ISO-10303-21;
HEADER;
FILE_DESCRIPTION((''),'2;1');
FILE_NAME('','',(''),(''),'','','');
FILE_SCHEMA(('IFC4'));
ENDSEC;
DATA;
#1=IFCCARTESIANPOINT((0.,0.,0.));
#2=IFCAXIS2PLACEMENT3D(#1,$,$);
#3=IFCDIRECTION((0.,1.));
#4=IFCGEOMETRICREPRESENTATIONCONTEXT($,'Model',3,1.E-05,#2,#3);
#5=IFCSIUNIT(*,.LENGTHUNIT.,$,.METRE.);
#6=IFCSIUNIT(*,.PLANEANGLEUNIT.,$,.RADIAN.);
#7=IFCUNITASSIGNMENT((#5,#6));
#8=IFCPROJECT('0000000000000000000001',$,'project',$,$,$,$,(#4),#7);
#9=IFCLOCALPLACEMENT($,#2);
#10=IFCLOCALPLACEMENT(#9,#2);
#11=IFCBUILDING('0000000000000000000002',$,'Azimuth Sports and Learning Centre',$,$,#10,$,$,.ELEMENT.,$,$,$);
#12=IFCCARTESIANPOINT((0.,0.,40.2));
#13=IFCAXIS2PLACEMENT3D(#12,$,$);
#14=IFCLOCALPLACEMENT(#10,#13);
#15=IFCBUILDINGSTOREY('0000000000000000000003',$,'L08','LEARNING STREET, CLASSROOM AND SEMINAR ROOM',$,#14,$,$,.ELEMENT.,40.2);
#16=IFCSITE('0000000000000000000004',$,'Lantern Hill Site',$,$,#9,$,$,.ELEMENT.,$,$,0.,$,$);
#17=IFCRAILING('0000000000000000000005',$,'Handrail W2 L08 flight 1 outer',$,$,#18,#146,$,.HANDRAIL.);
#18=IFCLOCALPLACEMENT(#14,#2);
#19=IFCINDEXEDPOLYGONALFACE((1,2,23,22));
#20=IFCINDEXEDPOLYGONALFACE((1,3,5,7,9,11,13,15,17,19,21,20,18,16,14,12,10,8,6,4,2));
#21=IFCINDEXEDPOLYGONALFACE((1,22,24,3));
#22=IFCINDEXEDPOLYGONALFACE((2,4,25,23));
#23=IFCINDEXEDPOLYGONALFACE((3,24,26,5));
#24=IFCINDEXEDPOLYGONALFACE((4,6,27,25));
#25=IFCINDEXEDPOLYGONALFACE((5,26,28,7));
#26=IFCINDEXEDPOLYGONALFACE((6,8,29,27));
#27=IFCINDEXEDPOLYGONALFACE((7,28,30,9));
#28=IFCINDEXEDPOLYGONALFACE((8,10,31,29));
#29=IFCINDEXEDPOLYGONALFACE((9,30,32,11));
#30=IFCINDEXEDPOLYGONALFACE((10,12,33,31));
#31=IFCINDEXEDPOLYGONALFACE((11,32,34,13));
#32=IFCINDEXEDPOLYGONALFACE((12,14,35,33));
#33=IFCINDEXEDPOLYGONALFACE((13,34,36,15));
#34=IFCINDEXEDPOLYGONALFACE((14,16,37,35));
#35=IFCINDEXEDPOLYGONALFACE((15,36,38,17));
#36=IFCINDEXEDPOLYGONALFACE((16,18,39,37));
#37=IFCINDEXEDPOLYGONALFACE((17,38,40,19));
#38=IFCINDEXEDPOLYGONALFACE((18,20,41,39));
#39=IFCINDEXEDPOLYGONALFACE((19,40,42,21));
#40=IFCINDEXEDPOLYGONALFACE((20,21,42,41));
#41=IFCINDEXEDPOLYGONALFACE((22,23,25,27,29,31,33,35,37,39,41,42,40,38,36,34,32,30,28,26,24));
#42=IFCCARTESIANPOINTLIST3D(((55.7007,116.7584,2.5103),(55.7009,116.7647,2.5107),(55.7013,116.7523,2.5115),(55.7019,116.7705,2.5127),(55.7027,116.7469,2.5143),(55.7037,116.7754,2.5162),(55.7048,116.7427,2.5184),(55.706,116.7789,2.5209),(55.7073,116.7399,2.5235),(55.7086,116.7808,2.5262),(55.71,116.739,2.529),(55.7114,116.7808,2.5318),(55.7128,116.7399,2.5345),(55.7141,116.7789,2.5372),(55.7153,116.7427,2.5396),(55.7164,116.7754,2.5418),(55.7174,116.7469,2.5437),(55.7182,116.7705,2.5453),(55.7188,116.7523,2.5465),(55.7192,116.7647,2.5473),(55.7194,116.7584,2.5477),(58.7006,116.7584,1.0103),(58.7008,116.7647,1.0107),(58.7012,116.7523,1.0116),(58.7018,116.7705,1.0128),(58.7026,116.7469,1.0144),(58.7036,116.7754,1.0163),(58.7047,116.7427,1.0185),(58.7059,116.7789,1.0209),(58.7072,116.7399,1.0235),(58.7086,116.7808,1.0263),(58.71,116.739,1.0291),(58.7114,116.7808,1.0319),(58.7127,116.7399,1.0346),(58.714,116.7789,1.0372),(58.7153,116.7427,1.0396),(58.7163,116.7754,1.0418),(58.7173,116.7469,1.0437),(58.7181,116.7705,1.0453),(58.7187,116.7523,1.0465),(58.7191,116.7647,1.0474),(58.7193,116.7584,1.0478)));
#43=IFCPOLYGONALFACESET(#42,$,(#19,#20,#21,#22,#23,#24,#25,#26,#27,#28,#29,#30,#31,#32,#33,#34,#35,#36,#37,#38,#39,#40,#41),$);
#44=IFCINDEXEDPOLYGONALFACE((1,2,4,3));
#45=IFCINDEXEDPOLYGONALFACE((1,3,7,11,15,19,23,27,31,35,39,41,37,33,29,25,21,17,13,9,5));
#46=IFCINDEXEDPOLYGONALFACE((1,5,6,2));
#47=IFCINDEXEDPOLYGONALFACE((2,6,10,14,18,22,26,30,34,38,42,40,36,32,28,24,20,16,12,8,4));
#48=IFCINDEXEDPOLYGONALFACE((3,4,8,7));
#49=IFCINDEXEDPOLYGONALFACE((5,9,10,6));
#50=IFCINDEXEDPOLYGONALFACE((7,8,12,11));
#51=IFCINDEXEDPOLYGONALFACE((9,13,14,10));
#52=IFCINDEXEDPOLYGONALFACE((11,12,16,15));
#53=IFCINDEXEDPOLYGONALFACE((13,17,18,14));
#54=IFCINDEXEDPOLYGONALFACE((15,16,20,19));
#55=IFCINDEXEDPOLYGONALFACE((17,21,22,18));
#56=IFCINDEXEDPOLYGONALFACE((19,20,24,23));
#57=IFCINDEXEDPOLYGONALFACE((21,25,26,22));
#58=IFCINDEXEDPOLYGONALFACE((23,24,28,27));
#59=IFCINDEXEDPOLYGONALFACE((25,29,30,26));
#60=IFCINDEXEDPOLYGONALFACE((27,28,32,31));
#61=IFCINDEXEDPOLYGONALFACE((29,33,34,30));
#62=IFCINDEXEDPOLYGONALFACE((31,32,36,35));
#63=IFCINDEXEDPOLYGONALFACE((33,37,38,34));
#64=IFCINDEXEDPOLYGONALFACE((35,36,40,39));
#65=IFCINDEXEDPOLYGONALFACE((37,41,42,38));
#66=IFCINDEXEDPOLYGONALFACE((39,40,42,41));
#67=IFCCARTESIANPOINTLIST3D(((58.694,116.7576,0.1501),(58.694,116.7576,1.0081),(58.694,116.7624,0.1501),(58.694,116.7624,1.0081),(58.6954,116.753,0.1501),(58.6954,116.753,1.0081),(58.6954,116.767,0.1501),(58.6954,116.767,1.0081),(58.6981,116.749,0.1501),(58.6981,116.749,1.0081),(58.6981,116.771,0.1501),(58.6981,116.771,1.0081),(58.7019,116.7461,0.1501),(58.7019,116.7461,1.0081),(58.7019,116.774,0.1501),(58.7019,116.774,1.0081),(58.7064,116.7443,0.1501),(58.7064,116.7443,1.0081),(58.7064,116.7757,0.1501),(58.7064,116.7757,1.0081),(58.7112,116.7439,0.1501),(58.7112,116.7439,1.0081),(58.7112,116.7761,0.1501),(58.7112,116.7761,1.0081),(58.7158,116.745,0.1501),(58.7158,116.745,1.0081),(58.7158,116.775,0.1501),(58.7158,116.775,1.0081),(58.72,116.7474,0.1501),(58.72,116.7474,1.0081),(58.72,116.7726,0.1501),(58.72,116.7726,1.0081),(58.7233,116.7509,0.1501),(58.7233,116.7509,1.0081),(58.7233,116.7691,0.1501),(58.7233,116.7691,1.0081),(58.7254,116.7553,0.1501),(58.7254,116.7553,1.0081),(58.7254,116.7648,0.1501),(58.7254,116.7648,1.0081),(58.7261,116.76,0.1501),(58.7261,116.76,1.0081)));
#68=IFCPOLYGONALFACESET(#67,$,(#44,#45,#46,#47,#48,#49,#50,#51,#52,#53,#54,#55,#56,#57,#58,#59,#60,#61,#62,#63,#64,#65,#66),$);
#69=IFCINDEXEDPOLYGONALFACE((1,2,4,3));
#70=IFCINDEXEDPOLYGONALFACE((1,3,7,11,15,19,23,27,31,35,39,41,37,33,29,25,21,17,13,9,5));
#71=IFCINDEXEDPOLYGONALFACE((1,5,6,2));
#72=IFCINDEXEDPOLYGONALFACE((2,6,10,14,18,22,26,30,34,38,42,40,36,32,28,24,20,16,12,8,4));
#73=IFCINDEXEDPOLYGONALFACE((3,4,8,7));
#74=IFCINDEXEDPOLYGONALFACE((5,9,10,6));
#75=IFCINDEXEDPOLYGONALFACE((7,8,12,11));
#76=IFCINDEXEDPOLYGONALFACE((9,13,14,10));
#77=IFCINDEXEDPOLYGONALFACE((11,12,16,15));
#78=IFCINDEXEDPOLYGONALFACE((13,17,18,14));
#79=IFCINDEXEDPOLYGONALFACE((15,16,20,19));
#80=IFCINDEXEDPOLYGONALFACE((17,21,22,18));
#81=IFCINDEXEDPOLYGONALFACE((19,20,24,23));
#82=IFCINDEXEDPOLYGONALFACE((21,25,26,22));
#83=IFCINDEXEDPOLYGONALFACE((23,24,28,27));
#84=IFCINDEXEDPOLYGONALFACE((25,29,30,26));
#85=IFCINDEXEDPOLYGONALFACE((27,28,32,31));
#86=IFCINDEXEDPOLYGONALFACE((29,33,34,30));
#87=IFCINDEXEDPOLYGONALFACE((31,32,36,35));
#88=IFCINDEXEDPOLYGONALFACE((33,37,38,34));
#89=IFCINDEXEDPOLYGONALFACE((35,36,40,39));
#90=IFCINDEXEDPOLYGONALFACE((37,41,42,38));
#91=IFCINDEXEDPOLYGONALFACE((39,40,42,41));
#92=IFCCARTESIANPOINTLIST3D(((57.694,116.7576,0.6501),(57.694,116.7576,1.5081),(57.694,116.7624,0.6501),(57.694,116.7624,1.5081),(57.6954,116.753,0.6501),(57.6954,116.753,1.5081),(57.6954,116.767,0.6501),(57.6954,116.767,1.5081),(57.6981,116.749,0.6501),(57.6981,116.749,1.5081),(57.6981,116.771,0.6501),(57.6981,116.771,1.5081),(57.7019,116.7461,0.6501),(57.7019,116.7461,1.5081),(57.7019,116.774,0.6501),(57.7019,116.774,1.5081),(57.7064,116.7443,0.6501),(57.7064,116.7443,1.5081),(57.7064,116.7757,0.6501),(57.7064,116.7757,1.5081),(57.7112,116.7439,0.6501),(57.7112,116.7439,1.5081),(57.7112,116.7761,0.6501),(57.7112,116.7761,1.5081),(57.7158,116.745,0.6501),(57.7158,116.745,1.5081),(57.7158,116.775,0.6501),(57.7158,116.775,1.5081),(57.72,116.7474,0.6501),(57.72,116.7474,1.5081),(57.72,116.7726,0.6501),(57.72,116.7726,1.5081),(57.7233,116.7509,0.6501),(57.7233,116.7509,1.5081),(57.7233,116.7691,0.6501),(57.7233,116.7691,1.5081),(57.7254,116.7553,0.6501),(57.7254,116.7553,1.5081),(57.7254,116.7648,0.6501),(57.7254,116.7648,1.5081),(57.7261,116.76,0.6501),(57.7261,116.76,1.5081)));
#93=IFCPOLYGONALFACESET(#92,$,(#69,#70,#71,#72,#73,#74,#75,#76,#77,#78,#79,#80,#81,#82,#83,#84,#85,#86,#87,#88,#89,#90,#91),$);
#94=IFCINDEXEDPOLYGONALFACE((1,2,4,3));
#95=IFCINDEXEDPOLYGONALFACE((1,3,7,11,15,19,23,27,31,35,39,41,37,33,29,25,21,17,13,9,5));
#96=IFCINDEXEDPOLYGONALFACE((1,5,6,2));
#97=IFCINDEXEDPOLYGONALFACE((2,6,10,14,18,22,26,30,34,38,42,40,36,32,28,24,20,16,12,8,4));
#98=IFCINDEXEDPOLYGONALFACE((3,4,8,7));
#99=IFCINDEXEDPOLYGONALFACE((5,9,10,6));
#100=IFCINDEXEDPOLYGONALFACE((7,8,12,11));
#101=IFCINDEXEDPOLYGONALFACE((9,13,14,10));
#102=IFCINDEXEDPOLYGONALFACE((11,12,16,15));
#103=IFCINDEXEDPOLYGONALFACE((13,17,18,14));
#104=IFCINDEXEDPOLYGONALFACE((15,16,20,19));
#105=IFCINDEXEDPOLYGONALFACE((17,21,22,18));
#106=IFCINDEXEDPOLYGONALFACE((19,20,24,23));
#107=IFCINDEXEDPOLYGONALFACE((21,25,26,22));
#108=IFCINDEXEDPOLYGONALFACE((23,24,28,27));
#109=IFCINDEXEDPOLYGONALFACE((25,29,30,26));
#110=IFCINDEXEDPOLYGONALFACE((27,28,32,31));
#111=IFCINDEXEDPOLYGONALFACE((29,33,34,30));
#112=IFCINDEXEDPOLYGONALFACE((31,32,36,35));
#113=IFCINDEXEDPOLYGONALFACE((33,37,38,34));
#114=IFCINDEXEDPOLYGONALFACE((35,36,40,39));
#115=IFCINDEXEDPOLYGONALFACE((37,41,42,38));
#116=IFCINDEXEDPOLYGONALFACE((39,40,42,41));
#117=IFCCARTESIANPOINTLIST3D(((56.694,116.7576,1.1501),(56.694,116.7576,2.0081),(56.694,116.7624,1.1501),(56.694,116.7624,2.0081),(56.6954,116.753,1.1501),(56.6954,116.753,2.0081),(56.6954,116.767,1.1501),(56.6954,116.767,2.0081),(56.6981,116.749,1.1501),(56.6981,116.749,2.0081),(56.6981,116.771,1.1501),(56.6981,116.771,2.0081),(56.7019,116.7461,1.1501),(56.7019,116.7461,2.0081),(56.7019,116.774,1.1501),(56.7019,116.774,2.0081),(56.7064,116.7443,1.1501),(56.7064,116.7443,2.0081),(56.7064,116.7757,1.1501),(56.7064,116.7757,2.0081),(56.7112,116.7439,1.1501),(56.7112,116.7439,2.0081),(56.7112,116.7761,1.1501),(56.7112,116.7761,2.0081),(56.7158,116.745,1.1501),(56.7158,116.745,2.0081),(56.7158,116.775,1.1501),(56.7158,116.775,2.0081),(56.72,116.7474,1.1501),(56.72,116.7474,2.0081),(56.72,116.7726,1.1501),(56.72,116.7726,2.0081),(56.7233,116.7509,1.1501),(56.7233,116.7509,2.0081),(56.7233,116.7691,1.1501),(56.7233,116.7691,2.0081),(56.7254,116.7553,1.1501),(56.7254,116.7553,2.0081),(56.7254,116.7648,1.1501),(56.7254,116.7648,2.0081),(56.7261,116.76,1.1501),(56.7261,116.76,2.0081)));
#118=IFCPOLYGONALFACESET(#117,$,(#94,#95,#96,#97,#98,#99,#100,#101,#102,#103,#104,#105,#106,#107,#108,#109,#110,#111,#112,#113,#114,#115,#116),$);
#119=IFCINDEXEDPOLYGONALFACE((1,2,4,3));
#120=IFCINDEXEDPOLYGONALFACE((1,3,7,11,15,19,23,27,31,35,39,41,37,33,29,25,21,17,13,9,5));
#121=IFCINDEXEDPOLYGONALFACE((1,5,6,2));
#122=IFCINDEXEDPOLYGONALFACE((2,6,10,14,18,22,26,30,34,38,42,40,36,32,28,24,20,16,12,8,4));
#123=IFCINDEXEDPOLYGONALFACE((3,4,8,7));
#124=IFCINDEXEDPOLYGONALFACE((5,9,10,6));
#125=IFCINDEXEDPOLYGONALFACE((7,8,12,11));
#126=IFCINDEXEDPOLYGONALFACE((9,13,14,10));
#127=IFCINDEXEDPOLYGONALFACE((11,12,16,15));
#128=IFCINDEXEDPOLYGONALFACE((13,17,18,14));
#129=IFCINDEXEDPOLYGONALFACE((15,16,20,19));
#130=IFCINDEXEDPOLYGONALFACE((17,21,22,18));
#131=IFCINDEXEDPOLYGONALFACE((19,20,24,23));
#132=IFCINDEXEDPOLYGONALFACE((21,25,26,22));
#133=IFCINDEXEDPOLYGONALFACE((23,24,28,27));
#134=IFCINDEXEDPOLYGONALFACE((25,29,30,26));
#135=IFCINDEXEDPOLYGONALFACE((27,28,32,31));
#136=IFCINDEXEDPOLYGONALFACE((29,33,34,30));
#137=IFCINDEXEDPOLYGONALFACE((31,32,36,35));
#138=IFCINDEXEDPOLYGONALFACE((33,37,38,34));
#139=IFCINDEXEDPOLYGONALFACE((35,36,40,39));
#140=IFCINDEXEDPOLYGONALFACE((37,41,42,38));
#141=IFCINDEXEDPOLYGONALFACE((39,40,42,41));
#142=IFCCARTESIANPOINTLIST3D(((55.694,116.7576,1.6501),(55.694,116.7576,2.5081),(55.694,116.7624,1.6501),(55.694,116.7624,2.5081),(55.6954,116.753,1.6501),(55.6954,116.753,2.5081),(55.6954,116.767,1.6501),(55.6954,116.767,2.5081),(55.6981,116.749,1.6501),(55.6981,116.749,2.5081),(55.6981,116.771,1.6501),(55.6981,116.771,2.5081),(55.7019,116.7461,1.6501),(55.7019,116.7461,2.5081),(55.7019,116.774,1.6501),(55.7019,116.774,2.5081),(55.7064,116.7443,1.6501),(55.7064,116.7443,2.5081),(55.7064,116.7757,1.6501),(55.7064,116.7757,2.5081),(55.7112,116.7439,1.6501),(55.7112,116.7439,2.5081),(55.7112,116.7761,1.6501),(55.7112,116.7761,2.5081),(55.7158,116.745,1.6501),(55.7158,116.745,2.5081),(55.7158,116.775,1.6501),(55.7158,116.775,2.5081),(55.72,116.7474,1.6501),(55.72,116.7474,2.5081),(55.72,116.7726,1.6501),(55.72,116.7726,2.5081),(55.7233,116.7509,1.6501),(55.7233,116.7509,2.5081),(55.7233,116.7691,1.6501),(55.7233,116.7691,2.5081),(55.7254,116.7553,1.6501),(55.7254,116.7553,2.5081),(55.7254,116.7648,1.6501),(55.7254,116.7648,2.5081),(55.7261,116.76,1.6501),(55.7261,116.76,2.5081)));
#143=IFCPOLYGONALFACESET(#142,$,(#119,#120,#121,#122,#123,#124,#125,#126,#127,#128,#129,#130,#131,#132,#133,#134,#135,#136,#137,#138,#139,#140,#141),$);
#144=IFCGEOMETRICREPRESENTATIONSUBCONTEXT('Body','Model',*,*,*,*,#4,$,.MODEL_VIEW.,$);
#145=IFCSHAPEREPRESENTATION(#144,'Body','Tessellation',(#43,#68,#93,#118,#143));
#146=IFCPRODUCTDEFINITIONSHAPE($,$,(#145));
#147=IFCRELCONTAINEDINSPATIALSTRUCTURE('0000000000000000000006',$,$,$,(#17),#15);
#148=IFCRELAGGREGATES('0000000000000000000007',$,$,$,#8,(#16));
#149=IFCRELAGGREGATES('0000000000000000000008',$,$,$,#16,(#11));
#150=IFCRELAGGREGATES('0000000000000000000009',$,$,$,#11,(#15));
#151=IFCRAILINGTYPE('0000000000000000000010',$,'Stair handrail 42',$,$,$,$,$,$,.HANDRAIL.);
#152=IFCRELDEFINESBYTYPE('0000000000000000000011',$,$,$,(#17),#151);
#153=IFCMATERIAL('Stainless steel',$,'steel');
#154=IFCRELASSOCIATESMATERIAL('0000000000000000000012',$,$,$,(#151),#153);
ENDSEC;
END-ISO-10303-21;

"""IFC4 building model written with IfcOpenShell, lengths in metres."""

from ifc_helpers import new_model, si_unit, direction, frame, origin, origin_2d, place, context, subcontext, project, spatial, circle, extrude, material, type_object, element, save


model = new_model("IFC4")

# Units and contexts
model_context = context("Model", 3, precision=1e-05, world=origin(), true_north=direction((0.0, 1.0)))
body_context = subcontext(model_context, "Body", "Model", "MODEL_VIEW")
ifc_project = project(units=[si_unit("LENGTHUNIT", "METRE"), si_unit("PLANEANGLEUNIT", "RADIAN")], contexts=[model_context])

# Site, building, storey
site_placement = place(None, origin())
site = spatial("IfcSite", under=ifc_project, at=site_placement, Name="Lantern Hill Site", CompositionType="ELEMENT", RefElevation=0.0)
building_placement = place(site_placement, origin())
building = spatial("IfcBuilding", under=site, at=building_placement, Name="Azimuth Sports and Learning Centre", CompositionType="ELEMENT")
storey_placement = place(building_placement, frame((0.0, 0.0, 40.2)))
storey = spatial("IfcBuildingStorey", under=building, at=storey_placement, Name="L08", Description="LEARNING STREET, CLASSROOM AND SEMINAR ROOM", CompositionType="ELEMENT", Elevation=40.2)

# Railing
ifc_material_1 = material(Name="Stainless steel", Category="steel")
railing_type_1 = type_object("IfcRailingType", Name="Stair handrail 42", PredefinedType="HANDRAIL", material=ifc_material_1)
for number, where, name in (
    (1, (58.71, 116.76, 0.1501), "Handrail W2 L08 flight 1 outer"),
):
    element("IfcRailing", number, at=place(storey_placement, frame(where)), inside=storey, type_object=railing_type_1, Name=name, PredefinedType="HANDRAIL", context=body_context, shape_type="SweptSolid", body=[
        extrude(circle(Radius=0.021, at=origin_2d()), frame((0.0, 0.0, 0.8789), z_axis=(-0.894427, 0.0, 0.447214), x_axis=(0.0, -1.0, 0.0)), (0.0, 0.0, 1.0), 3.354),
        extrude(circle(Radius=0.0161, at=origin_2d()), origin(), (0.0, 0.0, 1.0), 0.8579),
        extrude(circle(Radius=0.0161, at=origin_2d()), frame((-1.0, 0.0, 0.5)), (0.0, 0.0, 1.0), 0.8579),
        extrude(circle(Radius=0.0161, at=origin_2d()), frame((-2.0, 0.0, 1.0)), (0.0, 0.0, 1.0), 0.8579),
        extrude(circle(Radius=0.0161, at=origin_2d()), frame((-3.0, 0.0, 1.5)), (0.0, 0.0, 1.0), 0.8579),
    ])

save(model, "model.ifc")
